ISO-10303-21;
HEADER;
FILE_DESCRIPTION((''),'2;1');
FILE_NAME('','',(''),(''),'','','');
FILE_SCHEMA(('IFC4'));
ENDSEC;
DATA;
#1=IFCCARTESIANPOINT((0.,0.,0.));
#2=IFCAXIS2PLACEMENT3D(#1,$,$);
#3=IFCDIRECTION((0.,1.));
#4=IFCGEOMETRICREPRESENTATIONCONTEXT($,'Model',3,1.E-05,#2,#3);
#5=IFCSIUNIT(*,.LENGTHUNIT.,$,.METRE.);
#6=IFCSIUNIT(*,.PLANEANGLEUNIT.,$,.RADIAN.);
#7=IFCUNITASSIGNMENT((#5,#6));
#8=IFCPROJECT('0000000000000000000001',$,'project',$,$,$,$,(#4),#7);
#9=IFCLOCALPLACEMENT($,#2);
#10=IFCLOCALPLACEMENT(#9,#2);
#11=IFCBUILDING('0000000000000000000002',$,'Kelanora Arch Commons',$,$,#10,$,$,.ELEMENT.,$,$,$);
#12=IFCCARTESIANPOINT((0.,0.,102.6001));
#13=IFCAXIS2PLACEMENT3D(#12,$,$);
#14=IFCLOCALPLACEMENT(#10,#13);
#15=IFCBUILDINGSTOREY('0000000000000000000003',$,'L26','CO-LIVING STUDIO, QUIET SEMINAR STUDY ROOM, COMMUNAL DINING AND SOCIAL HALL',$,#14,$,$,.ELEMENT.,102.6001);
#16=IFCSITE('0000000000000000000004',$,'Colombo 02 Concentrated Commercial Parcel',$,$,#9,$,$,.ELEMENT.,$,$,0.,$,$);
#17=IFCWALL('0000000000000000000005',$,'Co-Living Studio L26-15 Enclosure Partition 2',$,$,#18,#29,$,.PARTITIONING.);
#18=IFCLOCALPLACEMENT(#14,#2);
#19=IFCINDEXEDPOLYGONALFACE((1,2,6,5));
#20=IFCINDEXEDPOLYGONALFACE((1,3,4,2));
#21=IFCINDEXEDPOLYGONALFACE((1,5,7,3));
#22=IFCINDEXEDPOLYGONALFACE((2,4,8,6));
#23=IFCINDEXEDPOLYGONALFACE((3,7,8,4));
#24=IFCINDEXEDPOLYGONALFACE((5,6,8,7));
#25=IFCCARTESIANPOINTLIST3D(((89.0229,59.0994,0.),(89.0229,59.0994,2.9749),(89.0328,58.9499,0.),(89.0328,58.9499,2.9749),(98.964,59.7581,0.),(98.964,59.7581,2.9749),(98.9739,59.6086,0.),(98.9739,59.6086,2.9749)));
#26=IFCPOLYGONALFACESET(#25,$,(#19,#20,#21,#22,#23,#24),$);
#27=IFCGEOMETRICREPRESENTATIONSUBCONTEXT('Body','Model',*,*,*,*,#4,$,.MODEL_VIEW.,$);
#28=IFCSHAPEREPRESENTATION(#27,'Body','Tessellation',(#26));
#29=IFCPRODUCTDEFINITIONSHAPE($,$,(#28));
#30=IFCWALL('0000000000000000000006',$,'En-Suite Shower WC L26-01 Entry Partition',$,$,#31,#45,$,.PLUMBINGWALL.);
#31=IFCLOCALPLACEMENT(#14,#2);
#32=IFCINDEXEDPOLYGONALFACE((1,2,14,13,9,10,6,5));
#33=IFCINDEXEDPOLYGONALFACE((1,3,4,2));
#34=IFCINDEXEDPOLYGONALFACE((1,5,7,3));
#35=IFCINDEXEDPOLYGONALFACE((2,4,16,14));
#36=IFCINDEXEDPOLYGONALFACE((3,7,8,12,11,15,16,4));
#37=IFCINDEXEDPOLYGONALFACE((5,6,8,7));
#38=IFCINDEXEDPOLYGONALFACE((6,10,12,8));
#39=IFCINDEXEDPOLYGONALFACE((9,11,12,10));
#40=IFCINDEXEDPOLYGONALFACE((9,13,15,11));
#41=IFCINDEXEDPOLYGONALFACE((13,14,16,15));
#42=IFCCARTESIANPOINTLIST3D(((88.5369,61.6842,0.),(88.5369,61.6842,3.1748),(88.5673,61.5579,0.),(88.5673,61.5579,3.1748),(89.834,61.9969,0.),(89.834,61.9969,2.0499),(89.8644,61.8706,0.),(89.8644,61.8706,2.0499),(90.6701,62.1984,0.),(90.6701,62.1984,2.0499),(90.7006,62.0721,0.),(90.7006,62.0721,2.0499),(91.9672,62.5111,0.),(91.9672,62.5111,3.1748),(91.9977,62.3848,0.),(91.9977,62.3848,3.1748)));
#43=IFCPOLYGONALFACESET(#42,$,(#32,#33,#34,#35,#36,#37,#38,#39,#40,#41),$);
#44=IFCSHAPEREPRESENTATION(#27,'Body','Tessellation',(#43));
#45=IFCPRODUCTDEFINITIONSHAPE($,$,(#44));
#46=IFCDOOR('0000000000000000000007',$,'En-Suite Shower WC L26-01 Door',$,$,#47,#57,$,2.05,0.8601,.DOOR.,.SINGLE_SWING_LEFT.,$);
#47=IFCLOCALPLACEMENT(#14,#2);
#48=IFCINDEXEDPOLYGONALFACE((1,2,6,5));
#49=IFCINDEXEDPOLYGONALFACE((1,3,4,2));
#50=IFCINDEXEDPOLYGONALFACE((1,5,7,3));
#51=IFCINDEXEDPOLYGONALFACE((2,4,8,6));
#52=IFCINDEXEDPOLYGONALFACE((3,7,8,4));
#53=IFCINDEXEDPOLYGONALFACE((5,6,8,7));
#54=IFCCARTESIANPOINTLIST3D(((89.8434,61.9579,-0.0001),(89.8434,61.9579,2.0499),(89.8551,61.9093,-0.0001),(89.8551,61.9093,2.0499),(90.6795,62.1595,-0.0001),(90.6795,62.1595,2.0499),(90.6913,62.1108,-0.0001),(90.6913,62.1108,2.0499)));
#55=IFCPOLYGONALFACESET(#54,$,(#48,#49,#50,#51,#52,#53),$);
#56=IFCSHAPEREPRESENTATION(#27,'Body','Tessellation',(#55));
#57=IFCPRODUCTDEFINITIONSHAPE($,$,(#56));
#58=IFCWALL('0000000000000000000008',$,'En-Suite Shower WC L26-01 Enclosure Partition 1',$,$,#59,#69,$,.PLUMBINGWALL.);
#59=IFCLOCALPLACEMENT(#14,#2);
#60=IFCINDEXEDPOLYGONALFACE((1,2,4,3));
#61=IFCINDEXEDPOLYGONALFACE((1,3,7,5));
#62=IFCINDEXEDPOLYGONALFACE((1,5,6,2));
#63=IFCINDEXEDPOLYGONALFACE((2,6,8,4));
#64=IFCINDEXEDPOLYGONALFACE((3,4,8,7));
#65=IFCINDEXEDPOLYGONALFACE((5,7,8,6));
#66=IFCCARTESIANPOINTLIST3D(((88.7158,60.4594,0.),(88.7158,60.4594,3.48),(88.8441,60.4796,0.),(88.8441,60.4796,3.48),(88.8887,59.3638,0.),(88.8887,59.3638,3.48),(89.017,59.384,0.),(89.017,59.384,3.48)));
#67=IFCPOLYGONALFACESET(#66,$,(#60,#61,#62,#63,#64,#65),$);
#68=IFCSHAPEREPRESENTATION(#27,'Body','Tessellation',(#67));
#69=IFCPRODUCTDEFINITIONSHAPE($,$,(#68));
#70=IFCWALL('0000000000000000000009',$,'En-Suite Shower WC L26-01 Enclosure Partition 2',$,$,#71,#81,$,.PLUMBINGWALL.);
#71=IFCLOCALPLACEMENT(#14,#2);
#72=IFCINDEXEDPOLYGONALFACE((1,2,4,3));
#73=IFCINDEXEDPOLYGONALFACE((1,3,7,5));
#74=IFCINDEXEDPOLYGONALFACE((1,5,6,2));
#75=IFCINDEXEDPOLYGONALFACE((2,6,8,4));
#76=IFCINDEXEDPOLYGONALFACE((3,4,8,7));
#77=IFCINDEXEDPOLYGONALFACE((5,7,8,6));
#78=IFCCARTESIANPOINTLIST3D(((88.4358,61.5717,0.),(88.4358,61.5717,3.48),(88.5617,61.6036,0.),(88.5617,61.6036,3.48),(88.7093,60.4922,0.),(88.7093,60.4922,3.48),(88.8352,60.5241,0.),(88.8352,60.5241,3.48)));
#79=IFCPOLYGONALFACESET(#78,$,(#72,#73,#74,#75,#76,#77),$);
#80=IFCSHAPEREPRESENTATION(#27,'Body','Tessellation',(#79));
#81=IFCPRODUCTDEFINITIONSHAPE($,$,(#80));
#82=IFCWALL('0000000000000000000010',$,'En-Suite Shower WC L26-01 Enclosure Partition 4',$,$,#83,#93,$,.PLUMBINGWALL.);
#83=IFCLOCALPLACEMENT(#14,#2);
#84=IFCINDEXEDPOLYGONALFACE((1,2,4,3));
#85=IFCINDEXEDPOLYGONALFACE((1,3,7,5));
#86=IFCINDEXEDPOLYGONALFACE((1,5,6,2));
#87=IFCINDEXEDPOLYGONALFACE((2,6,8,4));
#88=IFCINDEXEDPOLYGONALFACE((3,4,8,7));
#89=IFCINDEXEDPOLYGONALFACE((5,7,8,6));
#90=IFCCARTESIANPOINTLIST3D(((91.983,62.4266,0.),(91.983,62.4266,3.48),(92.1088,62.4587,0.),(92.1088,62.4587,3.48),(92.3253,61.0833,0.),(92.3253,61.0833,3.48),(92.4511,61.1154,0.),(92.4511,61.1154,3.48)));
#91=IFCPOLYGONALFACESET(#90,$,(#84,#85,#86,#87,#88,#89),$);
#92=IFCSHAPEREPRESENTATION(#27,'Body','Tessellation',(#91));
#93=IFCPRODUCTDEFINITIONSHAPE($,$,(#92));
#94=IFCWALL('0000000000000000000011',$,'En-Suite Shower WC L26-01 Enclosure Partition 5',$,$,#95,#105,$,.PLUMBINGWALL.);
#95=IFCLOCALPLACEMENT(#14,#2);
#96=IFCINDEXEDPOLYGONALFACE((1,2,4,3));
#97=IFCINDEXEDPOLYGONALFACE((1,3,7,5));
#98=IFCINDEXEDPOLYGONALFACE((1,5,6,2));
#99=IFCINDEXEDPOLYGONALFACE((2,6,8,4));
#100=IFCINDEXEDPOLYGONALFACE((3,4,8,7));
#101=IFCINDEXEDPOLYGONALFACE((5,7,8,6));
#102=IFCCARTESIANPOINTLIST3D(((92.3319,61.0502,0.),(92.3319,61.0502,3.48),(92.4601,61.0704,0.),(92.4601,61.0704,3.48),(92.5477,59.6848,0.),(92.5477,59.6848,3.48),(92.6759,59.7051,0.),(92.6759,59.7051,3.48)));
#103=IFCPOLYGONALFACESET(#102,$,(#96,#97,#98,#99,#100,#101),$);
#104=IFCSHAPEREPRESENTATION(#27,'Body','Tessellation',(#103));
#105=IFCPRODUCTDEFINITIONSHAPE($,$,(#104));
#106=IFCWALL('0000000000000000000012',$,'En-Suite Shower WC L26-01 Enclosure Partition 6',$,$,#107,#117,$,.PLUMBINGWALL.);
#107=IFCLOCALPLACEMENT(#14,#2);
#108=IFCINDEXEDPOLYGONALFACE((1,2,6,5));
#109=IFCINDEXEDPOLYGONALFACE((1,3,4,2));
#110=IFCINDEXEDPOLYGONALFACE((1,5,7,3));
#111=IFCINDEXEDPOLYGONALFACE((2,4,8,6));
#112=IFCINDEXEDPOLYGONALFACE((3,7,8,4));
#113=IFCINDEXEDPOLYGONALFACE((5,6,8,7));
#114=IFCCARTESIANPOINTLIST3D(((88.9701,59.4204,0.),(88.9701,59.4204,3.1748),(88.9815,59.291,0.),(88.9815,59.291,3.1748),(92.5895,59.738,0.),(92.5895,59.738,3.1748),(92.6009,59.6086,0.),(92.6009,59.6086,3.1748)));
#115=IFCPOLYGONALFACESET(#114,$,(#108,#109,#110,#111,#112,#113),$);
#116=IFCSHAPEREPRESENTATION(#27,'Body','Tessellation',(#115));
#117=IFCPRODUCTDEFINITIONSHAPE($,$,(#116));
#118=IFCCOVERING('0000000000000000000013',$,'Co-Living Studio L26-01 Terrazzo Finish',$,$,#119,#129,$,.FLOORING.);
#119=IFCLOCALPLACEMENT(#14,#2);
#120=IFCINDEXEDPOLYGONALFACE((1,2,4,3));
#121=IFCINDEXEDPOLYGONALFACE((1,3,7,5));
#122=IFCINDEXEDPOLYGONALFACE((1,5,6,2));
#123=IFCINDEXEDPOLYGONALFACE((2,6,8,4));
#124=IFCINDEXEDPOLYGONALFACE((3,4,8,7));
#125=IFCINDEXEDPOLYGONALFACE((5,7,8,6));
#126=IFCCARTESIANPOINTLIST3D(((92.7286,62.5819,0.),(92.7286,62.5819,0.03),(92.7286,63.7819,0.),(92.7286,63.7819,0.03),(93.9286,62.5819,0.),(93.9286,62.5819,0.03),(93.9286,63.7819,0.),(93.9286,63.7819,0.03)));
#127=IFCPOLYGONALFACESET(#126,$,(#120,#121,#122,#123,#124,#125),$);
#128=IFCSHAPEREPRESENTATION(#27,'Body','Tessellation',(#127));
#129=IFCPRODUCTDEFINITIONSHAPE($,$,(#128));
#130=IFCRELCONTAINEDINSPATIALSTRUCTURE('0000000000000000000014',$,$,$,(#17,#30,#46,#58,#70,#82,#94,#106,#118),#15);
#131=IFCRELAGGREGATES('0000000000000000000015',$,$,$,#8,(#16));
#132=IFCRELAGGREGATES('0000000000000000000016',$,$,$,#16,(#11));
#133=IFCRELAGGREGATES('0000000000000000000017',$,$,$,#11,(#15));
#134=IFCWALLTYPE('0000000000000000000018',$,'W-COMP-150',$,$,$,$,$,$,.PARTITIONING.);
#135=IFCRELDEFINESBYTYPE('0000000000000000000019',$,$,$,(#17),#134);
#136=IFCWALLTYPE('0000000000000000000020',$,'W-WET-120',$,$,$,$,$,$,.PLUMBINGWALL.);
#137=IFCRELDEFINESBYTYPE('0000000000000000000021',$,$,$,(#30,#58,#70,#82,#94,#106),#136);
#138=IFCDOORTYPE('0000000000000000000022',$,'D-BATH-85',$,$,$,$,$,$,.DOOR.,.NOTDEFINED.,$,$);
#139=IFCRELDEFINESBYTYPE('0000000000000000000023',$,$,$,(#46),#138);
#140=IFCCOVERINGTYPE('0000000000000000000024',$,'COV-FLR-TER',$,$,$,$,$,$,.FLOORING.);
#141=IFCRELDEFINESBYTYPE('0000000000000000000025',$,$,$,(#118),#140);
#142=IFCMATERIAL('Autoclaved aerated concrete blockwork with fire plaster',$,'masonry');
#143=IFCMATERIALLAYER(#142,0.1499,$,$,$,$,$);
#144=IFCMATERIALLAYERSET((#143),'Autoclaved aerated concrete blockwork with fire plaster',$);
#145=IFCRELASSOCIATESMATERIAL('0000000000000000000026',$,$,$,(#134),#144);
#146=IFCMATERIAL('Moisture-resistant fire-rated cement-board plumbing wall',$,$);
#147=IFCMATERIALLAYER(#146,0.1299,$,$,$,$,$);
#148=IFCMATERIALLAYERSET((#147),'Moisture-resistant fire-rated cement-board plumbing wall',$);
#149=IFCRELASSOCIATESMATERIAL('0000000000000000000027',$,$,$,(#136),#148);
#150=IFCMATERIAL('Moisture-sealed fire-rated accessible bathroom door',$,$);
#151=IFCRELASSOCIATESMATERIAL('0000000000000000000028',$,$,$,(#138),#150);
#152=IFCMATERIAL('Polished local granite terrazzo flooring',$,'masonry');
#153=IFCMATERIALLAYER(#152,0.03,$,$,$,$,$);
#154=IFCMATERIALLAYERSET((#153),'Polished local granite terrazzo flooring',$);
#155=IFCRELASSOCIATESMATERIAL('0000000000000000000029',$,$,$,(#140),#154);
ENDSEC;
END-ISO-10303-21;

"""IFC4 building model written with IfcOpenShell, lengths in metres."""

from ifc_helpers import new_model, si_unit, direction, frame, frame_2d, origin, origin_2d, place, context, subcontext, project, spatial, rectangle, extrude, source, transform, mapped, material, layer, layer_set, type_object, element, fill, save


model = new_model("IFC4")

# Units and contexts
model_context = context("Model", 3, precision=1e-05, world=origin(), true_north=direction((0.0, 1.0)))
body_context = subcontext(model_context, "Body", "Model", "MODEL_VIEW")
ifc_project = project(units=[si_unit("LENGTHUNIT", "METRE"), si_unit("PLANEANGLEUNIT", "RADIAN")], contexts=[model_context])

# Site, building, storey
site_placement = place(None, origin())
site = spatial("IfcSite", under=ifc_project, at=site_placement, Name="Colombo 02 Concentrated Commercial Parcel", CompositionType="ELEMENT", RefElevation=0.0)
building_placement = place(site_placement, origin())
building = spatial("IfcBuilding", under=site, at=building_placement, Name="Kelanora Arch Commons", CompositionType="ELEMENT")
storey_placement = place(building_placement, frame((0.0, 0.0, 102.6001)))
storey = spatial("IfcBuildingStorey", under=building, at=storey_placement, Name="L26", Description="CO-LIVING STUDIO, QUIET SEMINAR STUDY ROOM, COMMUNAL DINING AND SOCIAL HALL", CompositionType="ELEMENT", Elevation=102.6001)

# Shared definitions
ifc_material_1 = material(Name="Autoclaved aerated concrete blockwork with fire plaster", Category="masonry")
ifc_layer_1 = layer(ifc_material_1, 0.1499)
ifc_layer_set_1 = layer_set([ifc_layer_1], Name="Autoclaved aerated concrete blockwork with fire plaster")
wall_type_1 = type_object("IfcWallType", Name="W-COMP-150", PredefinedType="PARTITIONING", material=ifc_layer_set_1)

# Wall
wall_1_placement = place(storey_placement, frame((89.0278, 59.0247, 0.0), z_axis=(0.0, 0.0, 1.0), x_axis=(0.997812, 0.066114, 0.0)))
element("IfcWall", 1, at=wall_1_placement, inside=storey, type_object=wall_type_1, Name="Co-Living Studio L26-15 Enclosure Partition 2", PredefinedType="PARTITIONING", context=body_context, shape_type="SweptSolid", body=[
    extrude(rectangle(XDim=9.9629, YDim=0.1499, at=frame_2d((4.9814, 0.0))), origin(), (0.0, 0.0, 1.0), 2.9749),
])

# Wall, opening, door
ifc_material_2 = material(Name="Moisture-resistant fire-rated cement-board plumbing wall")
ifc_layer_2 = layer(ifc_material_2, 0.1299)
ifc_layer_set_2 = layer_set([ifc_layer_2], Name="Moisture-resistant fire-rated cement-board plumbing wall")
wall_type_2 = type_object("IfcWallType", Name="W-WET-120", PredefinedType="PLUMBINGWALL", material=ifc_layer_set_2)
wall_2_placement = place(storey_placement, frame((88.5522, 61.6211, 0.0), z_axis=(0.0, 0.0, 1.0), x_axis=(0.972155, 0.234338, 0.0)))
wall_2 = element("IfcWall", 2, at=wall_2_placement, inside=storey, type_object=wall_type_2, Name="En-Suite Shower WC L26-01 Entry Partition", PredefinedType="PLUMBINGWALL", context=body_context, shape_type="SweptSolid", body=[
    extrude(rectangle(XDim=3.5286, YDim=0.1299, at=frame_2d((1.7642, 0.0))), origin(), (0.0, 0.0, 1.0), 3.1748),
])
opening_1_placement = place(wall_2_placement, frame((1.334, 0.0, 0.0)))
opening_1 = element("IfcOpeningElement", 3, at=opening_1_placement, cuts=wall_2, PredefinedType="OPENING", context=body_context, shape_type="SweptSolid", body=[
    extrude(rectangle(XDim=0.8601, YDim=2.05, at=frame_2d((0.4302, 1.0249))), frame((0.0, 0.075, 0.0), z_axis=(0.0, -1.0, 0.0), x_axis=(1.0, 0.0, 0.0)), (0.0, 0.0, 1.0), 0.1499),
])
ifc_material_3 = material(Name="Moisture-sealed fire-rated accessible bathroom door")
door_type_1 = type_object("IfcDoorType", Name="D-BATH-85", OperationType="NOTDEFINED", PredefinedType="DOOR", material=ifc_material_3)
door_1_placement = place(opening_1_placement, origin())
door_1 = element("IfcDoor", 4, at=door_1_placement, inside=storey, type_object=door_type_1, Name="En-Suite Shower WC L26-01 Door", OperationType="SINGLE_SWING_LEFT", OverallHeight=2.05, OverallWidth=0.8601, PredefinedType="DOOR", context=body_context, shape_type="SweptSolid", body=[
    extrude(rectangle(XDim=0.8601, YDim=2.05, at=frame_2d((0.4302, 1.0249))), frame((0.0, 0.0249, 0.0), z_axis=(0.0, -1.0, 0.0), x_axis=(1.0, 0.0, 0.0)), (0.0, 0.0, 1.0), 0.05),
])
fill(opening_1, door_1)

# Walls
wall_3_placement = place(storey_placement, frame((88.9529, 59.3738, 0.0), z_axis=(0.0, 0.0, 1.0), x_axis=(-0.155861, 0.987779, 0.0)))
element("IfcWall", 5, at=wall_3_placement, inside=storey, type_object=wall_type_2, Name="En-Suite Shower WC L26-01 Enclosure Partition 1", PredefinedType="PLUMBINGWALL", context=body_context, shape_type="SweptSolid", body=[
    extrude(rectangle(XDim=1.1091, YDim=0.1299, at=frame_2d((0.5547, 0.0))), origin(), (0.0, 0.0, 1.0), 3.48),
])
wall_4_placement = place(storey_placement, frame((88.7722, 60.5083, 0.0), z_axis=(0.0, 0.0, 1.0), x_axis=(-0.245578, 0.969377, 0.0)))
element("IfcWall", 6, at=wall_4_placement, inside=storey, type_object=wall_type_2, Name="En-Suite Shower WC L26-01 Enclosure Partition 2", PredefinedType="PLUMBINGWALL", context=body_context, shape_type="SweptSolid", body=[
    extrude(rectangle(XDim=1.1135, YDim=0.1299, at=frame_2d((0.5566, 0.0))), origin(), (0.0, 0.0, 1.0), 3.48),
])
wall_5_placement = place(storey_placement, frame((92.0459, 62.4426, 0.0), z_axis=(0.0, 0.0, 1.0), x_axis=(0.246926, -0.969034, 0.0)))
element("IfcWall", 7, at=wall_5_placement, inside=storey, type_object=wall_type_2, Name="En-Suite Shower WC L26-01 Enclosure Partition 4", PredefinedType="PLUMBINGWALL", context=body_context, shape_type="SweptSolid", body=[
    extrude(rectangle(XDim=1.3862, YDim=0.1299, at=frame_2d((0.6931, 0.0))), origin(), (0.0, 0.0, 1.0), 3.48),
])
wall_6_placement = place(storey_placement, frame((92.396, 61.0603, 0.0), z_axis=(0.0, 0.0, 1.0), x_axis=(0.156117, -0.987739, 0.0)))
element("IfcWall", 8, at=wall_6_placement, inside=storey, type_object=wall_type_2, Name="En-Suite Shower WC L26-01 Enclosure Partition 5", PredefinedType="PLUMBINGWALL", context=body_context, shape_type="SweptSolid", body=[
    extrude(rectangle(XDim=1.3823, YDim=0.1299, at=frame_2d((0.6912, 0.0))), origin(), (0.0, 0.0, 1.0), 3.48),
])
wall_7_placement = place(storey_placement, frame((92.5952, 59.6733, 0.0), z_axis=(0.0, 0.0, 1.0), x_axis=(-0.996171, -0.087421, 0.0)))
element("IfcWall", 9, at=wall_7_placement, inside=storey, type_object=wall_type_2, Name="En-Suite Shower WC L26-01 Enclosure Partition 6", PredefinedType="PLUMBINGWALL", context=body_context, shape_type="SweptSolid", body=[
    extrude(rectangle(XDim=3.6333, YDim=0.1299, at=frame_2d((1.8167, 0.0))), origin(), (0.0, 0.0, 1.0), 3.1748),
])

# Covering
ifc_material_4 = material(Name="Polished local granite terrazzo flooring", Category="masonry")
ifc_layer_3 = layer(ifc_material_4, 0.03)
ifc_layer_set_3 = layer_set([ifc_layer_3], Name="Polished local granite terrazzo flooring")
covering_type = type_object("IfcCoveringType", Name="COV-FLR-TER", PredefinedType="FLOORING", material=ifc_layer_set_3)
shared_shape_1 = source(origin(), body_context, "Body", "SweptSolid", [
    extrude(rectangle(XDim=1.2, YDim=1.2, at=origin_2d()), origin(), (0.0, 0.0, 1.0), 0.03),
])
covering_placement = place(storey_placement, frame((93.3286, 63.1819, 0.0), z_axis=(0.0, 0.0, 1.0), x_axis=(1.0, 0.0, 0.0)))
element("IfcCovering", 10, at=covering_placement, inside=storey, type_object=covering_type, Name="Co-Living Studio L26-01 Terrazzo Finish", PredefinedType="FLOORING", context=body_context, shape_type="MappedRepresentation", body=[
    mapped(shared_shape_1, transform((0.0, 0.0, 0.0), scale=1.0)),
])

save(model, "model.ifc")
